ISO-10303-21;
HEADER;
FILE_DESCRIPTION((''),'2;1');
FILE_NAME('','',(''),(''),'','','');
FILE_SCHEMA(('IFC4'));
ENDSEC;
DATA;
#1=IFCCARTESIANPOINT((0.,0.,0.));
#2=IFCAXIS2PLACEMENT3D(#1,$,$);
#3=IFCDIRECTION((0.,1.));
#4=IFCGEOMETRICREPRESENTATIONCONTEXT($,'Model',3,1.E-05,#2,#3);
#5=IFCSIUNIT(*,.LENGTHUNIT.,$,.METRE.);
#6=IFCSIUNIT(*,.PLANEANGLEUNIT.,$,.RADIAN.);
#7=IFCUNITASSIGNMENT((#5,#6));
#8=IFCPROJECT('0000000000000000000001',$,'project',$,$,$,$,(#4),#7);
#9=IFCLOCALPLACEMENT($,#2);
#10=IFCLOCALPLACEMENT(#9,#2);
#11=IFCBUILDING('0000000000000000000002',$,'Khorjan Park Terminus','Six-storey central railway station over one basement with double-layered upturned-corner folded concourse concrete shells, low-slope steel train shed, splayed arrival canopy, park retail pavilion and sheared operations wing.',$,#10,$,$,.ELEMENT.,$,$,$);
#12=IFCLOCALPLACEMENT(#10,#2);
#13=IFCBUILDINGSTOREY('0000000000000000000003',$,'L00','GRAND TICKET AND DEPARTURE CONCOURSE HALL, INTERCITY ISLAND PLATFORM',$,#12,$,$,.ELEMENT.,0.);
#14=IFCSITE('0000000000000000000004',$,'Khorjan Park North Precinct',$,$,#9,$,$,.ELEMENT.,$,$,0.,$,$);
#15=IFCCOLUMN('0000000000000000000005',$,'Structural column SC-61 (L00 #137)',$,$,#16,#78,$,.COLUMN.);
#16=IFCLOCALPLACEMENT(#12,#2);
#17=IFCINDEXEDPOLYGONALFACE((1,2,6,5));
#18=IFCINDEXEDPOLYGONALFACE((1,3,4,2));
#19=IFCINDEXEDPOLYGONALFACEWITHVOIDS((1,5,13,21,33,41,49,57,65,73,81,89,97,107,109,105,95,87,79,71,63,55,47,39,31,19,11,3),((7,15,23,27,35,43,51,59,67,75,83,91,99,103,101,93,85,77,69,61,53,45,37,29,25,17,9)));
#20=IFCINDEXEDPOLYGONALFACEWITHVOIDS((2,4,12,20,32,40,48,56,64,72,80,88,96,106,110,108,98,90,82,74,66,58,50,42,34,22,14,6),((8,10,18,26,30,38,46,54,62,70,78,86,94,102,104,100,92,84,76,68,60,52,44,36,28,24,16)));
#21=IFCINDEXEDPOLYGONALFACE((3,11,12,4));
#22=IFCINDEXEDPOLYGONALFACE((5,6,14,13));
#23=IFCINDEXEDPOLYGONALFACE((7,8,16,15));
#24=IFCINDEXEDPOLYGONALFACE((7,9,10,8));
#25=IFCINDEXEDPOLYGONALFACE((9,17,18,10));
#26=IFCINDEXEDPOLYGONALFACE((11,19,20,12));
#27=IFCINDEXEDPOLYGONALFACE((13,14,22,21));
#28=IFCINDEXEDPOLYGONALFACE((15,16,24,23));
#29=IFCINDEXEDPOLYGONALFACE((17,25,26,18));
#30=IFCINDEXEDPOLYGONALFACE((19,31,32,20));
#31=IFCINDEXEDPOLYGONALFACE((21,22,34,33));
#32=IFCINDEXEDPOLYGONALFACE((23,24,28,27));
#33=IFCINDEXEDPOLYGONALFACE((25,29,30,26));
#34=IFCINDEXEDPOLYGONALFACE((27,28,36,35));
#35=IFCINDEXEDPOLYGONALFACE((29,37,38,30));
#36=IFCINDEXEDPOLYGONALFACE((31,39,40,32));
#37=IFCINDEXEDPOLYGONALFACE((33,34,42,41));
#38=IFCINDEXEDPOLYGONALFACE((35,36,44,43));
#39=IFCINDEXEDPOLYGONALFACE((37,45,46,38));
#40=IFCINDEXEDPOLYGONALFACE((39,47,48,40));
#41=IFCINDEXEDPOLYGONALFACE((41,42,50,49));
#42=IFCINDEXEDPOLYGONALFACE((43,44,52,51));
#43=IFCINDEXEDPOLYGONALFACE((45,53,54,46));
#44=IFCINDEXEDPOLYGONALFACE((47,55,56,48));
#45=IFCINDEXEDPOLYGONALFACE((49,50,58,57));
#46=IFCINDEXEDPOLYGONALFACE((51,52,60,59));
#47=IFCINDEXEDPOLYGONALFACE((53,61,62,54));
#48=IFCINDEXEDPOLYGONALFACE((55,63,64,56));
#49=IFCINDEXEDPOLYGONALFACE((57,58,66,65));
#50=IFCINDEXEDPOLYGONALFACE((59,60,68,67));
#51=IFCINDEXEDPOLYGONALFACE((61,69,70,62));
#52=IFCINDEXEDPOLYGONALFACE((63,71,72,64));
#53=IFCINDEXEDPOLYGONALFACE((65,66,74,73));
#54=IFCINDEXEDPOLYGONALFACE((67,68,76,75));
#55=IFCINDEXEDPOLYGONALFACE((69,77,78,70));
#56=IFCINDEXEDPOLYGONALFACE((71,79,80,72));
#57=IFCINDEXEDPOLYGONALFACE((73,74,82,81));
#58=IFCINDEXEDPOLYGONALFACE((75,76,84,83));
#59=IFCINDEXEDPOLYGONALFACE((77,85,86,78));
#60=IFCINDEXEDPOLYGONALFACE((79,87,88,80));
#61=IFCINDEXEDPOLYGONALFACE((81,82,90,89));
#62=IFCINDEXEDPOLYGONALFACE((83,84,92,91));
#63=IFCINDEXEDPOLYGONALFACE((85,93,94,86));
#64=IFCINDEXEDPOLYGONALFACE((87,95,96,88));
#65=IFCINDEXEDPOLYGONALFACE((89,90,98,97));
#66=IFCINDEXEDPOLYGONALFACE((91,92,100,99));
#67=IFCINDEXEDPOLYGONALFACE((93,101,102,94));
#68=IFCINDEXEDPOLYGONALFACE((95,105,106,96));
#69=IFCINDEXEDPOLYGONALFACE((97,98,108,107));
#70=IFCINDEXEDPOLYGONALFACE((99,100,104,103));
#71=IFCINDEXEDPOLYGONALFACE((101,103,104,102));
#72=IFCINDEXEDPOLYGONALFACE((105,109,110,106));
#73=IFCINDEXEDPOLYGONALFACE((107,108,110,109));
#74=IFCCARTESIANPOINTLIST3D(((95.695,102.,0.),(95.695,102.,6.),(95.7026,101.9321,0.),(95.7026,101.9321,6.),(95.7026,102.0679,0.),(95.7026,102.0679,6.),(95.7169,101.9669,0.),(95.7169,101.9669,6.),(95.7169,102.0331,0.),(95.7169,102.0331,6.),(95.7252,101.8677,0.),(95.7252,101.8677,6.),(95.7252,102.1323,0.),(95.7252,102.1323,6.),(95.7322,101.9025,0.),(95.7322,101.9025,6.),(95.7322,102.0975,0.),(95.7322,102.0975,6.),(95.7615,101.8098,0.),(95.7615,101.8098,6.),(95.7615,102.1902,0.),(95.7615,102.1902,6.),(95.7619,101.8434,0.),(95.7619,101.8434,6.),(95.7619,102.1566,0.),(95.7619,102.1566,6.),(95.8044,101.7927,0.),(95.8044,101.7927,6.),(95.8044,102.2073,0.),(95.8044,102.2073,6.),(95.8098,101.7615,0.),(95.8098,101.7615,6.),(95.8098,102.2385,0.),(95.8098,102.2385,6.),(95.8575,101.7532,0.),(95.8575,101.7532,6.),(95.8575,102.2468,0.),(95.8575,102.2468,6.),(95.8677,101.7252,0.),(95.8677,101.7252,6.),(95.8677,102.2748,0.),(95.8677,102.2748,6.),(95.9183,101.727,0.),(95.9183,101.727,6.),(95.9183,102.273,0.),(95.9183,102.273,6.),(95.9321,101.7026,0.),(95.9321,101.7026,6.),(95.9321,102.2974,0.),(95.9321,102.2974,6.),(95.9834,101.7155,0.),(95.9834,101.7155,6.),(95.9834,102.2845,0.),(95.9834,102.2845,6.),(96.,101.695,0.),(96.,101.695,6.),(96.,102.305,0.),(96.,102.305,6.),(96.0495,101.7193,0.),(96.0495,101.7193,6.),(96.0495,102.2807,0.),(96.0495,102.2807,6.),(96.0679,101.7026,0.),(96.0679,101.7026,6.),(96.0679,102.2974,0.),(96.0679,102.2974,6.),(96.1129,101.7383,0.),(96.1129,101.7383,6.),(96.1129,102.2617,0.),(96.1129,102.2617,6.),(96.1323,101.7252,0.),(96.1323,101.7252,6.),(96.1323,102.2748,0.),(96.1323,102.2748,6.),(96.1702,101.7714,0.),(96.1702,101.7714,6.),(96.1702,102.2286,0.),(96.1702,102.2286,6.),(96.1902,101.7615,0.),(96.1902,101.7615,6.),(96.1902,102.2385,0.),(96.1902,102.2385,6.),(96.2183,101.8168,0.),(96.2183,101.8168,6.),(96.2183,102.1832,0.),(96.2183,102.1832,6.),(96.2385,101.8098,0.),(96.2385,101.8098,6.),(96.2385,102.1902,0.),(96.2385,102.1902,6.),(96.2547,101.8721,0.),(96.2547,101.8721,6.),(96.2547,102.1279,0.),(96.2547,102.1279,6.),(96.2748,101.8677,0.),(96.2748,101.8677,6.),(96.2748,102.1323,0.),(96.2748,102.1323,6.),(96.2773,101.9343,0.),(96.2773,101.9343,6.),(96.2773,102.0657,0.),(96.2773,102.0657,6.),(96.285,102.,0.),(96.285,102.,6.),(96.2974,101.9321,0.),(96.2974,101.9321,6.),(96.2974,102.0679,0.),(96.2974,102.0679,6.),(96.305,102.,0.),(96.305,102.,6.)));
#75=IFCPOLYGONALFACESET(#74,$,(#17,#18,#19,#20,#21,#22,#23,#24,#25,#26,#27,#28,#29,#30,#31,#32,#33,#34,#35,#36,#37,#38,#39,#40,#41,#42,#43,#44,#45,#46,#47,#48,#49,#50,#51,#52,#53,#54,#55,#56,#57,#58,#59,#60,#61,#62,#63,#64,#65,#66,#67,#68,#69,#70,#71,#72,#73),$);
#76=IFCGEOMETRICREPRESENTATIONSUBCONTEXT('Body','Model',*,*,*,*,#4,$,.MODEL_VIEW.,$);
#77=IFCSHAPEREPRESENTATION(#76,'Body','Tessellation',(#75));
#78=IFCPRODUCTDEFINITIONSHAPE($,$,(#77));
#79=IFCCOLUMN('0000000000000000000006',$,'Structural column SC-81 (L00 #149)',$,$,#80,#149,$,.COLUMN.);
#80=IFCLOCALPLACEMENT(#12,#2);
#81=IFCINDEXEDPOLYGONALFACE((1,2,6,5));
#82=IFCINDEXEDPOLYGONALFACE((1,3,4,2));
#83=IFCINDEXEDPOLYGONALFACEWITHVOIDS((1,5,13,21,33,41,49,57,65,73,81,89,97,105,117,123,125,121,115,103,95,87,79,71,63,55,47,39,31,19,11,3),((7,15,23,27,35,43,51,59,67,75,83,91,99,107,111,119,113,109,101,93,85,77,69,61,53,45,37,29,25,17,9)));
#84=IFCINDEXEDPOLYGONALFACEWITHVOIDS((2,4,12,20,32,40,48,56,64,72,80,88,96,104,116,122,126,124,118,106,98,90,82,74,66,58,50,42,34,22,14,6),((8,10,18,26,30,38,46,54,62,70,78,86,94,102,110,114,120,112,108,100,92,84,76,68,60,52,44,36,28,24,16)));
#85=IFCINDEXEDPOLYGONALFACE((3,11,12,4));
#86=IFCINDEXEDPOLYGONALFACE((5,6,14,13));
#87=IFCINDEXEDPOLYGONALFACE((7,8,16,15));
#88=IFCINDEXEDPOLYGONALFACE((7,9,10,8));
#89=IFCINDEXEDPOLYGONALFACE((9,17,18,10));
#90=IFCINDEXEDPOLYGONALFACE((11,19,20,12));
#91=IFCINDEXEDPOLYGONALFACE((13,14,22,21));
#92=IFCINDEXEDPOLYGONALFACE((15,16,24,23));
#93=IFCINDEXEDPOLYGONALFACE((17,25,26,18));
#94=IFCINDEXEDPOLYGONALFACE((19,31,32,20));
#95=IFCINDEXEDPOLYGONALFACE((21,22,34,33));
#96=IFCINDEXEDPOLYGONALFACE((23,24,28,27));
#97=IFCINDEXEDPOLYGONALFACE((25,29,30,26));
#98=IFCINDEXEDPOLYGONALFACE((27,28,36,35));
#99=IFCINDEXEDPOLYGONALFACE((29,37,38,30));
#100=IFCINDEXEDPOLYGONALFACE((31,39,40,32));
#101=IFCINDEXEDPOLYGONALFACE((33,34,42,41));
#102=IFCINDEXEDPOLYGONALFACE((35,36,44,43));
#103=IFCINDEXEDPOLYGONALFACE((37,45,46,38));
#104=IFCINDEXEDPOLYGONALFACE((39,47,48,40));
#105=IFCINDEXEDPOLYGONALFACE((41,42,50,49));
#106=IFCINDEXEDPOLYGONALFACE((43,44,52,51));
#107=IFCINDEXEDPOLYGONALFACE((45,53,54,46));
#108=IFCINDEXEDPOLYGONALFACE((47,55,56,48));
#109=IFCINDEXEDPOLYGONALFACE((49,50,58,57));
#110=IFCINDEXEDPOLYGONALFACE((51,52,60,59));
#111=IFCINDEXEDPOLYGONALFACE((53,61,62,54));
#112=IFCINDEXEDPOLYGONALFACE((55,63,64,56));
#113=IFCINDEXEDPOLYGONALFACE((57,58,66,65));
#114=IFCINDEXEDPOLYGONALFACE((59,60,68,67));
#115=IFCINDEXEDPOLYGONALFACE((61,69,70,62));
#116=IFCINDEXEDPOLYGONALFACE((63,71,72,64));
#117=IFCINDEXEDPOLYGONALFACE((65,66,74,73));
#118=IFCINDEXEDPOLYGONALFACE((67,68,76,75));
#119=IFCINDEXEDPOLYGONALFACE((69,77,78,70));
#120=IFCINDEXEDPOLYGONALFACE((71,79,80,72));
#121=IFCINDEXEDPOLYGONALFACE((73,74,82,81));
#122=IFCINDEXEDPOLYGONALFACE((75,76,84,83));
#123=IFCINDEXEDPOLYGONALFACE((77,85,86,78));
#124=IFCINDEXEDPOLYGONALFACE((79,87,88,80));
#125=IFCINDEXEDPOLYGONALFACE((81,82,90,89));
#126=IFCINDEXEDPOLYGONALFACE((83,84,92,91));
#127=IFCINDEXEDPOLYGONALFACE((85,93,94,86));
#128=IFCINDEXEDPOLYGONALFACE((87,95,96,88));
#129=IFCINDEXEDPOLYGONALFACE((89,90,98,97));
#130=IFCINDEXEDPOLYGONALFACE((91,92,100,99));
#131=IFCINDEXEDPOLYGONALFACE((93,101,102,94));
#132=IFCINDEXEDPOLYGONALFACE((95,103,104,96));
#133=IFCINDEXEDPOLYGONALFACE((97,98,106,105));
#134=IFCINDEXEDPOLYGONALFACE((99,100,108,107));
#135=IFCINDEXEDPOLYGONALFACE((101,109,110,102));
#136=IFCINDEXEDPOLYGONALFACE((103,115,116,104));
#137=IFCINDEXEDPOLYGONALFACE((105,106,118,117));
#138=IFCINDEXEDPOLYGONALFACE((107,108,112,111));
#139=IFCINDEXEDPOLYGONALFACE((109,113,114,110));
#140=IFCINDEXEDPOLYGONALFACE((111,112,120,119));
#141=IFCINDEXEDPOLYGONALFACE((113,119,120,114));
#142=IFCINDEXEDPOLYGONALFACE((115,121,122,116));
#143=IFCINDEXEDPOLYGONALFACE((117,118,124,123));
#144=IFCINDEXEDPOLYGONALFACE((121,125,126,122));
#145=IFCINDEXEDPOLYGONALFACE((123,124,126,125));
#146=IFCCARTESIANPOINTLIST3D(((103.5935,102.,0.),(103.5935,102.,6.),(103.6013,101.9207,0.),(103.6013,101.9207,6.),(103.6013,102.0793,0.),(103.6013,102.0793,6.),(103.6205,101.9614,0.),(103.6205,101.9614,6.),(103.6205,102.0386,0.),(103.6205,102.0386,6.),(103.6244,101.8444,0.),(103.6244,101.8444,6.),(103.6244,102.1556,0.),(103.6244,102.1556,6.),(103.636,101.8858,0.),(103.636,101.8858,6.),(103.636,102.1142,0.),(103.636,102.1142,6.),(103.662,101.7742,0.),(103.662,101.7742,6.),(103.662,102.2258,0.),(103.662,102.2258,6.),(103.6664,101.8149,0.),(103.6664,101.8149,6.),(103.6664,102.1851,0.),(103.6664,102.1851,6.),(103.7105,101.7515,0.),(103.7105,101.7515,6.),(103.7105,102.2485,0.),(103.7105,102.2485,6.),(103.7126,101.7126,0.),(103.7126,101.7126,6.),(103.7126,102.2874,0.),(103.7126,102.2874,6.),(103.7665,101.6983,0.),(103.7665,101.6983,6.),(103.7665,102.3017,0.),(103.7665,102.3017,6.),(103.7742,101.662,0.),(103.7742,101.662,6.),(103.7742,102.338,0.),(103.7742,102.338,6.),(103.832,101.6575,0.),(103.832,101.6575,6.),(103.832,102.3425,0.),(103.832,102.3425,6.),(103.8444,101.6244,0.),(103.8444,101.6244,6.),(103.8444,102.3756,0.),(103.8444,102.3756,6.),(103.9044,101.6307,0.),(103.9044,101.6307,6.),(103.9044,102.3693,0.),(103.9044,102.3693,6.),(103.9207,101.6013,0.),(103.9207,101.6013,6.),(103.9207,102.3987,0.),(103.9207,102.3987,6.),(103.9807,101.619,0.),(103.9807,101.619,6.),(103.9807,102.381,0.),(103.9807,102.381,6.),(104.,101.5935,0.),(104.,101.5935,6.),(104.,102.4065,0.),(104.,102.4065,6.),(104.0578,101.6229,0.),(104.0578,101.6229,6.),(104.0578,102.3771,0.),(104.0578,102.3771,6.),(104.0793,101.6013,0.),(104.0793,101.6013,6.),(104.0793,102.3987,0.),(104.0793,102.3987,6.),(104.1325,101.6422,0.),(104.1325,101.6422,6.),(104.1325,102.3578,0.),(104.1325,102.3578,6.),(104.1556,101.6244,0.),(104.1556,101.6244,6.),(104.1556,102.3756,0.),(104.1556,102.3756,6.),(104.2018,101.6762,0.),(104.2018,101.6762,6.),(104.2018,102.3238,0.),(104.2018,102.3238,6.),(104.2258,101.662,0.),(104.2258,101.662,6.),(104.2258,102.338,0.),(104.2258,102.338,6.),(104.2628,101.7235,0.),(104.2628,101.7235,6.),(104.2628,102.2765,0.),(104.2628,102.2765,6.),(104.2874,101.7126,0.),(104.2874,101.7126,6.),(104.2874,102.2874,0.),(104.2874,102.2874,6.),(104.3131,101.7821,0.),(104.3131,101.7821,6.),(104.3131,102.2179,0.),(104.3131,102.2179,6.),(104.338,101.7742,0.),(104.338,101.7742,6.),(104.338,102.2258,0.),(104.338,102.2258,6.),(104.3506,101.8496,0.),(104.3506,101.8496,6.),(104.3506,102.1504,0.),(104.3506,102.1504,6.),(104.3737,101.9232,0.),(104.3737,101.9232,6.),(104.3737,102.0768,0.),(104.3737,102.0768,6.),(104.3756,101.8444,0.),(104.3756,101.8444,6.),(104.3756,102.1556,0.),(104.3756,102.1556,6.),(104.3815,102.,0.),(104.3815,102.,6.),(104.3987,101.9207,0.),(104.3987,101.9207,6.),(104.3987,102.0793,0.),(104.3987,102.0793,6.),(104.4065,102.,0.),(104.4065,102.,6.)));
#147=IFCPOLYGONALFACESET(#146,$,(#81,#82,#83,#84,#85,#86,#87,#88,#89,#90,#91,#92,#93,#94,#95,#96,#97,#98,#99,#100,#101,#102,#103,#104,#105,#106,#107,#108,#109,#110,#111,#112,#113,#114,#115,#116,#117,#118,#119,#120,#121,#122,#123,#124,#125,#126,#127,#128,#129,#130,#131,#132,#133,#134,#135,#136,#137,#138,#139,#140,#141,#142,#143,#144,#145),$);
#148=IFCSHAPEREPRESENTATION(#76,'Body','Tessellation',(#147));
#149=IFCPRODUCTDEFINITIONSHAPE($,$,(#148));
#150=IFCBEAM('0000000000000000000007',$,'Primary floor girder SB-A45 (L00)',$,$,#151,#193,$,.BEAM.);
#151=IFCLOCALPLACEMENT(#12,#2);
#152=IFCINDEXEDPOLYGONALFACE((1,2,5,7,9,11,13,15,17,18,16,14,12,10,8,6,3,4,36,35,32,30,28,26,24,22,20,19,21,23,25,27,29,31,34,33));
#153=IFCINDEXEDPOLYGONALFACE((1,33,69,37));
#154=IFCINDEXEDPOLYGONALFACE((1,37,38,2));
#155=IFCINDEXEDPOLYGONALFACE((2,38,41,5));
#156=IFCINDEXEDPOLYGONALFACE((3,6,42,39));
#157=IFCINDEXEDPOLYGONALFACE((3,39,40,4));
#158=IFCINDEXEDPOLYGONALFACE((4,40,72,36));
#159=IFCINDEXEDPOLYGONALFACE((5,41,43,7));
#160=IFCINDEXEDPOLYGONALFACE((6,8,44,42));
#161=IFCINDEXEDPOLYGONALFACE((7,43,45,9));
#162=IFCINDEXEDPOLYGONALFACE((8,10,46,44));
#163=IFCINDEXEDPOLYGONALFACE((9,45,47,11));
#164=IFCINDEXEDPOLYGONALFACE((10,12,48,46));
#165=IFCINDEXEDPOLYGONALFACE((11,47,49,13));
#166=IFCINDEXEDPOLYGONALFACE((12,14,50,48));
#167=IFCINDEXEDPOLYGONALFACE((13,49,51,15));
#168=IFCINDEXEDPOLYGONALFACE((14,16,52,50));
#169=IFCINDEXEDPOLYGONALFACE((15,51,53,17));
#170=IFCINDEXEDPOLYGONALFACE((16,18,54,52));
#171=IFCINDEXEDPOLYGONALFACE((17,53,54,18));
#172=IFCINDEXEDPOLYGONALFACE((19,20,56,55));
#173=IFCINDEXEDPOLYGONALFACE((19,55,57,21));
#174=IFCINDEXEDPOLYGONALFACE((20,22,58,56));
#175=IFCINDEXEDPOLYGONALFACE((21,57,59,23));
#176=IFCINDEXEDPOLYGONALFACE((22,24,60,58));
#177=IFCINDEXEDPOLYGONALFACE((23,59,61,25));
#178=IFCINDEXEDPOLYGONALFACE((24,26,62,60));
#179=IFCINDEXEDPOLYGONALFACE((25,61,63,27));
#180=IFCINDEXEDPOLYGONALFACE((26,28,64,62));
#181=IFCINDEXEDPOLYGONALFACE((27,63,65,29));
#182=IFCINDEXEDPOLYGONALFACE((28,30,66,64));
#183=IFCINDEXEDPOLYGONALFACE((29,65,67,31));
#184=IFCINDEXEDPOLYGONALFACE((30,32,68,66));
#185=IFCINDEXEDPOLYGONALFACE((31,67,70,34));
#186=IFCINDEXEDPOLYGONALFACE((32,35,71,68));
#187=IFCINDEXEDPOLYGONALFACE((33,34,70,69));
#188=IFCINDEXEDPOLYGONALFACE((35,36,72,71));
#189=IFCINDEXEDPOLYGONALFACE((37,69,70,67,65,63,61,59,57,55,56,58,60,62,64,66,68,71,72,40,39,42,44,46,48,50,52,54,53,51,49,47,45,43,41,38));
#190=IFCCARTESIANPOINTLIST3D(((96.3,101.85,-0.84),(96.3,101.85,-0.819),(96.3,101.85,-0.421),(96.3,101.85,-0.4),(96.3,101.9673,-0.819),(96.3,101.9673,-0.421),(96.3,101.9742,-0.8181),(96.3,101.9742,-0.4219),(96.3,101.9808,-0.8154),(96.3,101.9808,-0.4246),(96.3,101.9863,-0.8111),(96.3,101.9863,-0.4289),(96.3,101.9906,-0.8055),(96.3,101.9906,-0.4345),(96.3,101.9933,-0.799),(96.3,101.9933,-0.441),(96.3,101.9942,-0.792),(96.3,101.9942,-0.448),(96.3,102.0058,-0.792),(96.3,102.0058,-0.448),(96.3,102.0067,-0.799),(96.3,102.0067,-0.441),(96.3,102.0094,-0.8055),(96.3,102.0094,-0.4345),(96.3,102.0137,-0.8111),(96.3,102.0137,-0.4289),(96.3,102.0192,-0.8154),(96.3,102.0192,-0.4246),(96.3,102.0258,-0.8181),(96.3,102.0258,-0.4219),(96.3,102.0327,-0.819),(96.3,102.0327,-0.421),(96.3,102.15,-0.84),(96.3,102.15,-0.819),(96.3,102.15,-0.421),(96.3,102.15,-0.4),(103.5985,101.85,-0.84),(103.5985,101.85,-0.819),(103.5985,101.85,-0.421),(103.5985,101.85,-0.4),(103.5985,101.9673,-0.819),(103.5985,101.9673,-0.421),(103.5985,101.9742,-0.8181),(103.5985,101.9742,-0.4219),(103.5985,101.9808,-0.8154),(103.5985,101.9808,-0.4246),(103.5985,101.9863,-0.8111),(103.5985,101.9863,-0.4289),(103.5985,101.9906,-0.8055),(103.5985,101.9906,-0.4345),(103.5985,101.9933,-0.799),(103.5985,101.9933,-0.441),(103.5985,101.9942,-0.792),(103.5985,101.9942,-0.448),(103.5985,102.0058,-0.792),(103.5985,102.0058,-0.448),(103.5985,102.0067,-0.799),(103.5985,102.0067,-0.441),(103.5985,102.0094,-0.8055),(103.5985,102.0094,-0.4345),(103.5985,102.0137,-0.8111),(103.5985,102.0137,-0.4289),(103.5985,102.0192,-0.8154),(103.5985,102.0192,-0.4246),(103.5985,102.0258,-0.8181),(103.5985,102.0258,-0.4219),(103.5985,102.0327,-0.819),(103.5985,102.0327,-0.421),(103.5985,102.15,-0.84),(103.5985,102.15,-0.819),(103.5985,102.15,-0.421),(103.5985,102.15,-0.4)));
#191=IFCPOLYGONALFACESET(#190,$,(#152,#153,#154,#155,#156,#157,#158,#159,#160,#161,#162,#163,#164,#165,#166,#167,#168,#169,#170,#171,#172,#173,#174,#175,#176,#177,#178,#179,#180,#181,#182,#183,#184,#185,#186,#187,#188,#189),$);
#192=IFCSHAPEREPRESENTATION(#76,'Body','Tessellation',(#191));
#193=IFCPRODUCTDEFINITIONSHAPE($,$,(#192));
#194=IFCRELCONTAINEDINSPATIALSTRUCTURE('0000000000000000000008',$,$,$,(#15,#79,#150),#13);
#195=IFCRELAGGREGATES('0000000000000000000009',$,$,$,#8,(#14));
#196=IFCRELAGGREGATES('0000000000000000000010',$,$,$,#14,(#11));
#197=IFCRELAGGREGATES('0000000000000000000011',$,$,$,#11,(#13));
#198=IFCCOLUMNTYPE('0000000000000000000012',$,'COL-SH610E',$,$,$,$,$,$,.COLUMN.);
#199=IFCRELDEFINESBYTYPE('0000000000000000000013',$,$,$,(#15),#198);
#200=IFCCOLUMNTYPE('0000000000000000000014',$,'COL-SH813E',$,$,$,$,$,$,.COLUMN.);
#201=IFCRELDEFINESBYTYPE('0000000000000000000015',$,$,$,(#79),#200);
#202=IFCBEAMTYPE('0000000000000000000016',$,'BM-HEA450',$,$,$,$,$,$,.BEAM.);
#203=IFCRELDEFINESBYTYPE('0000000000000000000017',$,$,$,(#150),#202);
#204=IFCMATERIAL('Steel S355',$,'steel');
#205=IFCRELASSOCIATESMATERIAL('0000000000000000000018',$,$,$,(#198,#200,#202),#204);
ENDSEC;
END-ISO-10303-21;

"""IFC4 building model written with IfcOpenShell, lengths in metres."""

from ifc_helpers import new_model, si_unit, direction, frame, origin, origin_2d, place, context, subcontext, project, spatial, hollow_circle, i_section, extrude, material, material_profile, profile_set, type_object, element, save


model = new_model("IFC4")

# Units and contexts
model_context = context("Model", 3, precision=1e-05, world=origin(), true_north=direction((0.0, 1.0)))
body_context = subcontext(model_context, "Body", "Model", "MODEL_VIEW")
ifc_project = project(units=[si_unit("LENGTHUNIT", "METRE"), si_unit("PLANEANGLEUNIT", "RADIAN")], contexts=[model_context])

# Site, building, storey
site_placement = place(None, origin())
site = spatial("IfcSite", under=ifc_project, at=site_placement, Name="Khorjan Park North Precinct", CompositionType="ELEMENT", RefElevation=0.0)
building_placement = place(site_placement, origin())
building = spatial("IfcBuilding", under=site, at=building_placement, Name="Khorjan Park Terminus", Description="Six-storey central railway station over one basement with double-layered upturned-corner folded concourse concrete shells, low-slope steel train shed, splayed arrival canopy, park retail pavilion and sheared operations wing.", CompositionType="ELEMENT")
storey_placement = place(building_placement, origin())
storey = spatial("IfcBuildingStorey", under=building, at=storey_placement, Name="L00", Description="GRAND TICKET AND DEPARTURE CONCOURSE HALL, INTERCITY ISLAND PLATFORM", CompositionType="ELEMENT", Elevation=0.0)

# Columns
ifc_material_1 = material(Name="Steel S355", Category="steel")
ifc_material_profile_1 = material_profile(ifc_material_1, hollow_circle(Radius=0.305, WallThickness=0.02, at=origin_2d()), Name="CHS 610x20")
ifc_profile_set_1 = profile_set([ifc_material_profile_1], Name="Steel S355")
column_type_1 = type_object("IfcColumnType", Name="COL-SH610E", PredefinedType="COLUMN", material=ifc_profile_set_1)
column_1_placement = place(storey_placement, frame((96.0, 102.0, 0.0), z_axis=(0.0, 0.0, 1.0), x_axis=(1.0, 0.0, 0.0)))
element("IfcColumn", 1, at=column_1_placement, inside=storey, type_object=column_type_1, Name="Structural column SC-61 (L00 #137)", PredefinedType="COLUMN", context=body_context, shape_type="SweptSolid", body=[
    extrude(hollow_circle(Radius=0.305, WallThickness=0.02, at=origin_2d()), origin(), (0.0, 0.0, 1.0), 6.0),
])
ifc_material_profile_2 = material_profile(ifc_material_1, hollow_circle(Radius=0.4065, WallThickness=0.025, at=origin_2d()), Name="CHS 813x25")
ifc_profile_set_2 = profile_set([ifc_material_profile_2], Name="Steel S355")
column_type_2 = type_object("IfcColumnType", Name="COL-SH813E", PredefinedType="COLUMN", material=ifc_profile_set_2)
column_2_placement = place(storey_placement, frame((104.0, 102.0, 0.0), z_axis=(0.0, 0.0, 1.0), x_axis=(1.0, 0.0, 0.0)))
element("IfcColumn", 2, at=column_2_placement, inside=storey, type_object=column_type_2, Name="Structural column SC-81 (L00 #149)", PredefinedType="COLUMN", context=body_context, shape_type="SweptSolid", body=[
    extrude(hollow_circle(Radius=0.4065, WallThickness=0.025, at=origin_2d()), origin(), (0.0, 0.0, 1.0), 6.0),
])

# Beam
ifc_material_profile_3 = material_profile(ifc_material_1, i_section(OverallWidth=0.3, OverallDepth=0.44, WebThickness=0.0115, FlangeThickness=0.021, FilletRadius=0.027, at=origin_2d()), Name="HEA 450")
ifc_profile_set_3 = profile_set([ifc_material_profile_3], Name="Steel S355")
beam_type_1 = type_object("IfcBeamType", Name="BM-HEA450", PredefinedType="BEAM", material=ifc_profile_set_3)
beam_1_placement = place(storey_placement, frame((96.3, 102.0, -0.62), z_axis=(1.0, 0.0, 0.0), x_axis=(0.0, 1.0, 0.0)))
element("IfcBeam", 3, at=beam_1_placement, inside=storey, type_object=beam_type_1, Name="Primary floor girder SB-A45 (L00)", PredefinedType="BEAM", context=body_context, shape_type="SweptSolid", body=[
    extrude(i_section(OverallWidth=0.3, OverallDepth=0.44, WebThickness=0.0115, FlangeThickness=0.021, FilletRadius=0.027, at=origin_2d()), origin(), (0.0, 0.0, 1.0), 7.2985),
])

save(model, "model.ifc")
